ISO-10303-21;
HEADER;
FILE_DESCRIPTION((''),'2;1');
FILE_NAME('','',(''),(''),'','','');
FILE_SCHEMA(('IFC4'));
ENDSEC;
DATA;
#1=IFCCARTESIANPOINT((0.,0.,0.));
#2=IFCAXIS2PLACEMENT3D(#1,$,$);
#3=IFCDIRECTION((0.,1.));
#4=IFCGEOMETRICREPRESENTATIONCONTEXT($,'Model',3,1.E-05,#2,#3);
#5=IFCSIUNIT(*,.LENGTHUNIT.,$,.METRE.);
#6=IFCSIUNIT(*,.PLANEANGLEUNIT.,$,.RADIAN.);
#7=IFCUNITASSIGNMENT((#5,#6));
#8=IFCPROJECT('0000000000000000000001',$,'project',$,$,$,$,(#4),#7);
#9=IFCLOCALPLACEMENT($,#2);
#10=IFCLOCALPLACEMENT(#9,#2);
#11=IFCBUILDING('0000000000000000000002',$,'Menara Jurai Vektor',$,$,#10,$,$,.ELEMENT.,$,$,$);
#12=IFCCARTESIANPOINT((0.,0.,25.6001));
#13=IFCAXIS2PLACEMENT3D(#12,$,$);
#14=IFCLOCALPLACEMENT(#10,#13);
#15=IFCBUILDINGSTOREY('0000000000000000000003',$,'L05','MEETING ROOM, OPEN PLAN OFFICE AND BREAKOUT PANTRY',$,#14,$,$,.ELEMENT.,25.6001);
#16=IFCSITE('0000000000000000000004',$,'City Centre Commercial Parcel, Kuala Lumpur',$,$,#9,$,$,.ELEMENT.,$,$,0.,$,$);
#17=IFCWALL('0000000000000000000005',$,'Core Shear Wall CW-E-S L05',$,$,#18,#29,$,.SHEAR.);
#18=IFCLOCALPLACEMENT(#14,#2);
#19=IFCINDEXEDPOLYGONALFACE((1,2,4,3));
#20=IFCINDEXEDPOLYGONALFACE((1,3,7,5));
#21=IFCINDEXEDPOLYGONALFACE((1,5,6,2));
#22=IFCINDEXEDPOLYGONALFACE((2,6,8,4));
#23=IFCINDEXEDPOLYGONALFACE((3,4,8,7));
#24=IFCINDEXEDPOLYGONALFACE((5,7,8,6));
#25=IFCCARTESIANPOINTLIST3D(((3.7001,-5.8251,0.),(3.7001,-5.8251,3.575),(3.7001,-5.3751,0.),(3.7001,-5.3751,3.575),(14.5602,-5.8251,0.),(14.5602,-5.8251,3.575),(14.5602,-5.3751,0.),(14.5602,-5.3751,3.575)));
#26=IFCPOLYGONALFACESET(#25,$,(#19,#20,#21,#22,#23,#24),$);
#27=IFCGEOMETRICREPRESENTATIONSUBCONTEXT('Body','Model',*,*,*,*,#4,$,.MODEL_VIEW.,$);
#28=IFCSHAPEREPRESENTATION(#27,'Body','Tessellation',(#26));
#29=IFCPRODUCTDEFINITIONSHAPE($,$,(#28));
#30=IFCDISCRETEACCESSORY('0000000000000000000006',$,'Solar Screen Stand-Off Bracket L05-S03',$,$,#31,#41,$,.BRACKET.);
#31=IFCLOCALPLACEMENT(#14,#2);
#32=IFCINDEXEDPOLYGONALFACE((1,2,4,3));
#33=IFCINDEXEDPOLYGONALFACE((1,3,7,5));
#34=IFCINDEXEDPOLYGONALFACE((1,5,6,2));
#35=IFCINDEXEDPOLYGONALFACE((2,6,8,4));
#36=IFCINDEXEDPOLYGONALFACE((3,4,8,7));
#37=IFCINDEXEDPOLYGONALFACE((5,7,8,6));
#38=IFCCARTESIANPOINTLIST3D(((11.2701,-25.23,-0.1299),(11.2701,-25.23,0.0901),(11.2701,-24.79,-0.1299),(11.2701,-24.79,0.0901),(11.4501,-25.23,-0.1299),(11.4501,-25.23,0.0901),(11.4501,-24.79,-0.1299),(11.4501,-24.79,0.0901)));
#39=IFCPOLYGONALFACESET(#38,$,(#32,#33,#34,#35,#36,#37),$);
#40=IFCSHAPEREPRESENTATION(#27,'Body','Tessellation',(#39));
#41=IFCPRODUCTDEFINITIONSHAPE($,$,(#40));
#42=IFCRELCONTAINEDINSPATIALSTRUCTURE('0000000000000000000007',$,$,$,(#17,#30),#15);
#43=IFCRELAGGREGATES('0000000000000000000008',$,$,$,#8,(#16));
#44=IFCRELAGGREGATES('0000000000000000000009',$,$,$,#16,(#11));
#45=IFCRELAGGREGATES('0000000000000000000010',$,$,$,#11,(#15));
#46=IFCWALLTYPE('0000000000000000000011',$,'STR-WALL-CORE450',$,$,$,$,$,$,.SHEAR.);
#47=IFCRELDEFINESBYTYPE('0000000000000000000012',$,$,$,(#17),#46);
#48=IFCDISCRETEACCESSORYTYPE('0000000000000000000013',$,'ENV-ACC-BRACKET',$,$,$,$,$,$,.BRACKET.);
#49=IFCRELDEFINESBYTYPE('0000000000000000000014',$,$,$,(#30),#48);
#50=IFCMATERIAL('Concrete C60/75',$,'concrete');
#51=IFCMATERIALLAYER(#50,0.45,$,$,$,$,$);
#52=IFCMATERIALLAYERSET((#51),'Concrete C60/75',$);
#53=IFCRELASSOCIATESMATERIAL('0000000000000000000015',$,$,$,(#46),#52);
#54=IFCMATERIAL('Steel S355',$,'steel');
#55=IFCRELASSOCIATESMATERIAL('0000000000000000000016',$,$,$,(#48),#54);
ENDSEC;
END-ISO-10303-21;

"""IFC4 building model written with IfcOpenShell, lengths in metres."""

from ifc_helpers import new_model, si_unit, direction, frame, frame_2d, origin, origin_2d, place, context, subcontext, project, spatial, rectangle, extrude, material, layer, layer_set, type_object, element, save


model = new_model("IFC4")

# Units and contexts
model_context = context("Model", 3, precision=1e-05, world=origin(), true_north=direction((0.0, 1.0)))
body_context = subcontext(model_context, "Body", "Model", "MODEL_VIEW")
ifc_project = project(units=[si_unit("LENGTHUNIT", "METRE"), si_unit("PLANEANGLEUNIT", "RADIAN")], contexts=[model_context])

# Site, building, storey
site_placement = place(None, origin())
site = spatial("IfcSite", under=ifc_project, at=site_placement, Name="City Centre Commercial Parcel, Kuala Lumpur", CompositionType="ELEMENT", RefElevation=0.0)
building_placement = place(site_placement, origin())
building = spatial("IfcBuilding", under=site, at=building_placement, Name="Menara Jurai Vektor", CompositionType="ELEMENT")
storey_placement = place(building_placement, frame((0.0, 0.0, 25.6001)))
storey = spatial("IfcBuildingStorey", under=building, at=storey_placement, Name="L05", Description="MEETING ROOM, OPEN PLAN OFFICE AND BREAKOUT PANTRY", CompositionType="ELEMENT", Elevation=25.6001)

# Shared definitions
ifc_material_1 = material(Name="Concrete C60/75", Category="concrete")

# Shared definitions
ifc_material_2 = material(Name="Steel S355", Category="steel")

# Wall
ifc_layer_1 = layer(ifc_material_1, 0.45)
ifc_layer_set_1 = layer_set([ifc_layer_1], Name="Concrete C60/75")
wall_type_1 = type_object("IfcWallType", Name="STR-WALL-CORE450", PredefinedType="SHEAR", material=ifc_layer_set_1)
wall_1_placement = place(storey_placement, frame((3.7, -5.6001, 0.0), z_axis=(0.0, 0.0, 1.0), x_axis=(1.0, 0.0, 0.0)))
element("IfcWall", 1, at=wall_1_placement, inside=storey, type_object=wall_type_1, Name="Core Shear Wall CW-E-S L05", PredefinedType="SHEAR", context=body_context, shape_type="SweptSolid", body=[
    extrude(rectangle(XDim=10.8601, YDim=0.45, at=frame_2d((5.4302, 0.0))), origin(), (0.0, 0.0, 1.0), 3.575),
])

# Discrete accessory
discrete_accessory_type = type_object("IfcDiscreteAccessoryType", Name="ENV-ACC-BRACKET", PredefinedType="BRACKET", material=ifc_material_2)
discrete_accessory_placement = place(storey_placement, frame((11.3601, -25.01, -0.1299), z_axis=(0.0, 0.0, 1.0), x_axis=(1.0, 0.0, 0.0)))
element("IfcDiscreteAccessory", 2, at=discrete_accessory_placement, inside=storey, type_object=discrete_accessory_type, Name="Solar Screen Stand-Off Bracket L05-S03", PredefinedType="BRACKET", context=body_context, shape_type="SweptSolid", body=[
    extrude(rectangle(XDim=0.1799, YDim=0.4399, at=origin_2d()), origin(), (0.0, 0.0, 1.0), 0.22),
])

save(model, "model.ifc")
